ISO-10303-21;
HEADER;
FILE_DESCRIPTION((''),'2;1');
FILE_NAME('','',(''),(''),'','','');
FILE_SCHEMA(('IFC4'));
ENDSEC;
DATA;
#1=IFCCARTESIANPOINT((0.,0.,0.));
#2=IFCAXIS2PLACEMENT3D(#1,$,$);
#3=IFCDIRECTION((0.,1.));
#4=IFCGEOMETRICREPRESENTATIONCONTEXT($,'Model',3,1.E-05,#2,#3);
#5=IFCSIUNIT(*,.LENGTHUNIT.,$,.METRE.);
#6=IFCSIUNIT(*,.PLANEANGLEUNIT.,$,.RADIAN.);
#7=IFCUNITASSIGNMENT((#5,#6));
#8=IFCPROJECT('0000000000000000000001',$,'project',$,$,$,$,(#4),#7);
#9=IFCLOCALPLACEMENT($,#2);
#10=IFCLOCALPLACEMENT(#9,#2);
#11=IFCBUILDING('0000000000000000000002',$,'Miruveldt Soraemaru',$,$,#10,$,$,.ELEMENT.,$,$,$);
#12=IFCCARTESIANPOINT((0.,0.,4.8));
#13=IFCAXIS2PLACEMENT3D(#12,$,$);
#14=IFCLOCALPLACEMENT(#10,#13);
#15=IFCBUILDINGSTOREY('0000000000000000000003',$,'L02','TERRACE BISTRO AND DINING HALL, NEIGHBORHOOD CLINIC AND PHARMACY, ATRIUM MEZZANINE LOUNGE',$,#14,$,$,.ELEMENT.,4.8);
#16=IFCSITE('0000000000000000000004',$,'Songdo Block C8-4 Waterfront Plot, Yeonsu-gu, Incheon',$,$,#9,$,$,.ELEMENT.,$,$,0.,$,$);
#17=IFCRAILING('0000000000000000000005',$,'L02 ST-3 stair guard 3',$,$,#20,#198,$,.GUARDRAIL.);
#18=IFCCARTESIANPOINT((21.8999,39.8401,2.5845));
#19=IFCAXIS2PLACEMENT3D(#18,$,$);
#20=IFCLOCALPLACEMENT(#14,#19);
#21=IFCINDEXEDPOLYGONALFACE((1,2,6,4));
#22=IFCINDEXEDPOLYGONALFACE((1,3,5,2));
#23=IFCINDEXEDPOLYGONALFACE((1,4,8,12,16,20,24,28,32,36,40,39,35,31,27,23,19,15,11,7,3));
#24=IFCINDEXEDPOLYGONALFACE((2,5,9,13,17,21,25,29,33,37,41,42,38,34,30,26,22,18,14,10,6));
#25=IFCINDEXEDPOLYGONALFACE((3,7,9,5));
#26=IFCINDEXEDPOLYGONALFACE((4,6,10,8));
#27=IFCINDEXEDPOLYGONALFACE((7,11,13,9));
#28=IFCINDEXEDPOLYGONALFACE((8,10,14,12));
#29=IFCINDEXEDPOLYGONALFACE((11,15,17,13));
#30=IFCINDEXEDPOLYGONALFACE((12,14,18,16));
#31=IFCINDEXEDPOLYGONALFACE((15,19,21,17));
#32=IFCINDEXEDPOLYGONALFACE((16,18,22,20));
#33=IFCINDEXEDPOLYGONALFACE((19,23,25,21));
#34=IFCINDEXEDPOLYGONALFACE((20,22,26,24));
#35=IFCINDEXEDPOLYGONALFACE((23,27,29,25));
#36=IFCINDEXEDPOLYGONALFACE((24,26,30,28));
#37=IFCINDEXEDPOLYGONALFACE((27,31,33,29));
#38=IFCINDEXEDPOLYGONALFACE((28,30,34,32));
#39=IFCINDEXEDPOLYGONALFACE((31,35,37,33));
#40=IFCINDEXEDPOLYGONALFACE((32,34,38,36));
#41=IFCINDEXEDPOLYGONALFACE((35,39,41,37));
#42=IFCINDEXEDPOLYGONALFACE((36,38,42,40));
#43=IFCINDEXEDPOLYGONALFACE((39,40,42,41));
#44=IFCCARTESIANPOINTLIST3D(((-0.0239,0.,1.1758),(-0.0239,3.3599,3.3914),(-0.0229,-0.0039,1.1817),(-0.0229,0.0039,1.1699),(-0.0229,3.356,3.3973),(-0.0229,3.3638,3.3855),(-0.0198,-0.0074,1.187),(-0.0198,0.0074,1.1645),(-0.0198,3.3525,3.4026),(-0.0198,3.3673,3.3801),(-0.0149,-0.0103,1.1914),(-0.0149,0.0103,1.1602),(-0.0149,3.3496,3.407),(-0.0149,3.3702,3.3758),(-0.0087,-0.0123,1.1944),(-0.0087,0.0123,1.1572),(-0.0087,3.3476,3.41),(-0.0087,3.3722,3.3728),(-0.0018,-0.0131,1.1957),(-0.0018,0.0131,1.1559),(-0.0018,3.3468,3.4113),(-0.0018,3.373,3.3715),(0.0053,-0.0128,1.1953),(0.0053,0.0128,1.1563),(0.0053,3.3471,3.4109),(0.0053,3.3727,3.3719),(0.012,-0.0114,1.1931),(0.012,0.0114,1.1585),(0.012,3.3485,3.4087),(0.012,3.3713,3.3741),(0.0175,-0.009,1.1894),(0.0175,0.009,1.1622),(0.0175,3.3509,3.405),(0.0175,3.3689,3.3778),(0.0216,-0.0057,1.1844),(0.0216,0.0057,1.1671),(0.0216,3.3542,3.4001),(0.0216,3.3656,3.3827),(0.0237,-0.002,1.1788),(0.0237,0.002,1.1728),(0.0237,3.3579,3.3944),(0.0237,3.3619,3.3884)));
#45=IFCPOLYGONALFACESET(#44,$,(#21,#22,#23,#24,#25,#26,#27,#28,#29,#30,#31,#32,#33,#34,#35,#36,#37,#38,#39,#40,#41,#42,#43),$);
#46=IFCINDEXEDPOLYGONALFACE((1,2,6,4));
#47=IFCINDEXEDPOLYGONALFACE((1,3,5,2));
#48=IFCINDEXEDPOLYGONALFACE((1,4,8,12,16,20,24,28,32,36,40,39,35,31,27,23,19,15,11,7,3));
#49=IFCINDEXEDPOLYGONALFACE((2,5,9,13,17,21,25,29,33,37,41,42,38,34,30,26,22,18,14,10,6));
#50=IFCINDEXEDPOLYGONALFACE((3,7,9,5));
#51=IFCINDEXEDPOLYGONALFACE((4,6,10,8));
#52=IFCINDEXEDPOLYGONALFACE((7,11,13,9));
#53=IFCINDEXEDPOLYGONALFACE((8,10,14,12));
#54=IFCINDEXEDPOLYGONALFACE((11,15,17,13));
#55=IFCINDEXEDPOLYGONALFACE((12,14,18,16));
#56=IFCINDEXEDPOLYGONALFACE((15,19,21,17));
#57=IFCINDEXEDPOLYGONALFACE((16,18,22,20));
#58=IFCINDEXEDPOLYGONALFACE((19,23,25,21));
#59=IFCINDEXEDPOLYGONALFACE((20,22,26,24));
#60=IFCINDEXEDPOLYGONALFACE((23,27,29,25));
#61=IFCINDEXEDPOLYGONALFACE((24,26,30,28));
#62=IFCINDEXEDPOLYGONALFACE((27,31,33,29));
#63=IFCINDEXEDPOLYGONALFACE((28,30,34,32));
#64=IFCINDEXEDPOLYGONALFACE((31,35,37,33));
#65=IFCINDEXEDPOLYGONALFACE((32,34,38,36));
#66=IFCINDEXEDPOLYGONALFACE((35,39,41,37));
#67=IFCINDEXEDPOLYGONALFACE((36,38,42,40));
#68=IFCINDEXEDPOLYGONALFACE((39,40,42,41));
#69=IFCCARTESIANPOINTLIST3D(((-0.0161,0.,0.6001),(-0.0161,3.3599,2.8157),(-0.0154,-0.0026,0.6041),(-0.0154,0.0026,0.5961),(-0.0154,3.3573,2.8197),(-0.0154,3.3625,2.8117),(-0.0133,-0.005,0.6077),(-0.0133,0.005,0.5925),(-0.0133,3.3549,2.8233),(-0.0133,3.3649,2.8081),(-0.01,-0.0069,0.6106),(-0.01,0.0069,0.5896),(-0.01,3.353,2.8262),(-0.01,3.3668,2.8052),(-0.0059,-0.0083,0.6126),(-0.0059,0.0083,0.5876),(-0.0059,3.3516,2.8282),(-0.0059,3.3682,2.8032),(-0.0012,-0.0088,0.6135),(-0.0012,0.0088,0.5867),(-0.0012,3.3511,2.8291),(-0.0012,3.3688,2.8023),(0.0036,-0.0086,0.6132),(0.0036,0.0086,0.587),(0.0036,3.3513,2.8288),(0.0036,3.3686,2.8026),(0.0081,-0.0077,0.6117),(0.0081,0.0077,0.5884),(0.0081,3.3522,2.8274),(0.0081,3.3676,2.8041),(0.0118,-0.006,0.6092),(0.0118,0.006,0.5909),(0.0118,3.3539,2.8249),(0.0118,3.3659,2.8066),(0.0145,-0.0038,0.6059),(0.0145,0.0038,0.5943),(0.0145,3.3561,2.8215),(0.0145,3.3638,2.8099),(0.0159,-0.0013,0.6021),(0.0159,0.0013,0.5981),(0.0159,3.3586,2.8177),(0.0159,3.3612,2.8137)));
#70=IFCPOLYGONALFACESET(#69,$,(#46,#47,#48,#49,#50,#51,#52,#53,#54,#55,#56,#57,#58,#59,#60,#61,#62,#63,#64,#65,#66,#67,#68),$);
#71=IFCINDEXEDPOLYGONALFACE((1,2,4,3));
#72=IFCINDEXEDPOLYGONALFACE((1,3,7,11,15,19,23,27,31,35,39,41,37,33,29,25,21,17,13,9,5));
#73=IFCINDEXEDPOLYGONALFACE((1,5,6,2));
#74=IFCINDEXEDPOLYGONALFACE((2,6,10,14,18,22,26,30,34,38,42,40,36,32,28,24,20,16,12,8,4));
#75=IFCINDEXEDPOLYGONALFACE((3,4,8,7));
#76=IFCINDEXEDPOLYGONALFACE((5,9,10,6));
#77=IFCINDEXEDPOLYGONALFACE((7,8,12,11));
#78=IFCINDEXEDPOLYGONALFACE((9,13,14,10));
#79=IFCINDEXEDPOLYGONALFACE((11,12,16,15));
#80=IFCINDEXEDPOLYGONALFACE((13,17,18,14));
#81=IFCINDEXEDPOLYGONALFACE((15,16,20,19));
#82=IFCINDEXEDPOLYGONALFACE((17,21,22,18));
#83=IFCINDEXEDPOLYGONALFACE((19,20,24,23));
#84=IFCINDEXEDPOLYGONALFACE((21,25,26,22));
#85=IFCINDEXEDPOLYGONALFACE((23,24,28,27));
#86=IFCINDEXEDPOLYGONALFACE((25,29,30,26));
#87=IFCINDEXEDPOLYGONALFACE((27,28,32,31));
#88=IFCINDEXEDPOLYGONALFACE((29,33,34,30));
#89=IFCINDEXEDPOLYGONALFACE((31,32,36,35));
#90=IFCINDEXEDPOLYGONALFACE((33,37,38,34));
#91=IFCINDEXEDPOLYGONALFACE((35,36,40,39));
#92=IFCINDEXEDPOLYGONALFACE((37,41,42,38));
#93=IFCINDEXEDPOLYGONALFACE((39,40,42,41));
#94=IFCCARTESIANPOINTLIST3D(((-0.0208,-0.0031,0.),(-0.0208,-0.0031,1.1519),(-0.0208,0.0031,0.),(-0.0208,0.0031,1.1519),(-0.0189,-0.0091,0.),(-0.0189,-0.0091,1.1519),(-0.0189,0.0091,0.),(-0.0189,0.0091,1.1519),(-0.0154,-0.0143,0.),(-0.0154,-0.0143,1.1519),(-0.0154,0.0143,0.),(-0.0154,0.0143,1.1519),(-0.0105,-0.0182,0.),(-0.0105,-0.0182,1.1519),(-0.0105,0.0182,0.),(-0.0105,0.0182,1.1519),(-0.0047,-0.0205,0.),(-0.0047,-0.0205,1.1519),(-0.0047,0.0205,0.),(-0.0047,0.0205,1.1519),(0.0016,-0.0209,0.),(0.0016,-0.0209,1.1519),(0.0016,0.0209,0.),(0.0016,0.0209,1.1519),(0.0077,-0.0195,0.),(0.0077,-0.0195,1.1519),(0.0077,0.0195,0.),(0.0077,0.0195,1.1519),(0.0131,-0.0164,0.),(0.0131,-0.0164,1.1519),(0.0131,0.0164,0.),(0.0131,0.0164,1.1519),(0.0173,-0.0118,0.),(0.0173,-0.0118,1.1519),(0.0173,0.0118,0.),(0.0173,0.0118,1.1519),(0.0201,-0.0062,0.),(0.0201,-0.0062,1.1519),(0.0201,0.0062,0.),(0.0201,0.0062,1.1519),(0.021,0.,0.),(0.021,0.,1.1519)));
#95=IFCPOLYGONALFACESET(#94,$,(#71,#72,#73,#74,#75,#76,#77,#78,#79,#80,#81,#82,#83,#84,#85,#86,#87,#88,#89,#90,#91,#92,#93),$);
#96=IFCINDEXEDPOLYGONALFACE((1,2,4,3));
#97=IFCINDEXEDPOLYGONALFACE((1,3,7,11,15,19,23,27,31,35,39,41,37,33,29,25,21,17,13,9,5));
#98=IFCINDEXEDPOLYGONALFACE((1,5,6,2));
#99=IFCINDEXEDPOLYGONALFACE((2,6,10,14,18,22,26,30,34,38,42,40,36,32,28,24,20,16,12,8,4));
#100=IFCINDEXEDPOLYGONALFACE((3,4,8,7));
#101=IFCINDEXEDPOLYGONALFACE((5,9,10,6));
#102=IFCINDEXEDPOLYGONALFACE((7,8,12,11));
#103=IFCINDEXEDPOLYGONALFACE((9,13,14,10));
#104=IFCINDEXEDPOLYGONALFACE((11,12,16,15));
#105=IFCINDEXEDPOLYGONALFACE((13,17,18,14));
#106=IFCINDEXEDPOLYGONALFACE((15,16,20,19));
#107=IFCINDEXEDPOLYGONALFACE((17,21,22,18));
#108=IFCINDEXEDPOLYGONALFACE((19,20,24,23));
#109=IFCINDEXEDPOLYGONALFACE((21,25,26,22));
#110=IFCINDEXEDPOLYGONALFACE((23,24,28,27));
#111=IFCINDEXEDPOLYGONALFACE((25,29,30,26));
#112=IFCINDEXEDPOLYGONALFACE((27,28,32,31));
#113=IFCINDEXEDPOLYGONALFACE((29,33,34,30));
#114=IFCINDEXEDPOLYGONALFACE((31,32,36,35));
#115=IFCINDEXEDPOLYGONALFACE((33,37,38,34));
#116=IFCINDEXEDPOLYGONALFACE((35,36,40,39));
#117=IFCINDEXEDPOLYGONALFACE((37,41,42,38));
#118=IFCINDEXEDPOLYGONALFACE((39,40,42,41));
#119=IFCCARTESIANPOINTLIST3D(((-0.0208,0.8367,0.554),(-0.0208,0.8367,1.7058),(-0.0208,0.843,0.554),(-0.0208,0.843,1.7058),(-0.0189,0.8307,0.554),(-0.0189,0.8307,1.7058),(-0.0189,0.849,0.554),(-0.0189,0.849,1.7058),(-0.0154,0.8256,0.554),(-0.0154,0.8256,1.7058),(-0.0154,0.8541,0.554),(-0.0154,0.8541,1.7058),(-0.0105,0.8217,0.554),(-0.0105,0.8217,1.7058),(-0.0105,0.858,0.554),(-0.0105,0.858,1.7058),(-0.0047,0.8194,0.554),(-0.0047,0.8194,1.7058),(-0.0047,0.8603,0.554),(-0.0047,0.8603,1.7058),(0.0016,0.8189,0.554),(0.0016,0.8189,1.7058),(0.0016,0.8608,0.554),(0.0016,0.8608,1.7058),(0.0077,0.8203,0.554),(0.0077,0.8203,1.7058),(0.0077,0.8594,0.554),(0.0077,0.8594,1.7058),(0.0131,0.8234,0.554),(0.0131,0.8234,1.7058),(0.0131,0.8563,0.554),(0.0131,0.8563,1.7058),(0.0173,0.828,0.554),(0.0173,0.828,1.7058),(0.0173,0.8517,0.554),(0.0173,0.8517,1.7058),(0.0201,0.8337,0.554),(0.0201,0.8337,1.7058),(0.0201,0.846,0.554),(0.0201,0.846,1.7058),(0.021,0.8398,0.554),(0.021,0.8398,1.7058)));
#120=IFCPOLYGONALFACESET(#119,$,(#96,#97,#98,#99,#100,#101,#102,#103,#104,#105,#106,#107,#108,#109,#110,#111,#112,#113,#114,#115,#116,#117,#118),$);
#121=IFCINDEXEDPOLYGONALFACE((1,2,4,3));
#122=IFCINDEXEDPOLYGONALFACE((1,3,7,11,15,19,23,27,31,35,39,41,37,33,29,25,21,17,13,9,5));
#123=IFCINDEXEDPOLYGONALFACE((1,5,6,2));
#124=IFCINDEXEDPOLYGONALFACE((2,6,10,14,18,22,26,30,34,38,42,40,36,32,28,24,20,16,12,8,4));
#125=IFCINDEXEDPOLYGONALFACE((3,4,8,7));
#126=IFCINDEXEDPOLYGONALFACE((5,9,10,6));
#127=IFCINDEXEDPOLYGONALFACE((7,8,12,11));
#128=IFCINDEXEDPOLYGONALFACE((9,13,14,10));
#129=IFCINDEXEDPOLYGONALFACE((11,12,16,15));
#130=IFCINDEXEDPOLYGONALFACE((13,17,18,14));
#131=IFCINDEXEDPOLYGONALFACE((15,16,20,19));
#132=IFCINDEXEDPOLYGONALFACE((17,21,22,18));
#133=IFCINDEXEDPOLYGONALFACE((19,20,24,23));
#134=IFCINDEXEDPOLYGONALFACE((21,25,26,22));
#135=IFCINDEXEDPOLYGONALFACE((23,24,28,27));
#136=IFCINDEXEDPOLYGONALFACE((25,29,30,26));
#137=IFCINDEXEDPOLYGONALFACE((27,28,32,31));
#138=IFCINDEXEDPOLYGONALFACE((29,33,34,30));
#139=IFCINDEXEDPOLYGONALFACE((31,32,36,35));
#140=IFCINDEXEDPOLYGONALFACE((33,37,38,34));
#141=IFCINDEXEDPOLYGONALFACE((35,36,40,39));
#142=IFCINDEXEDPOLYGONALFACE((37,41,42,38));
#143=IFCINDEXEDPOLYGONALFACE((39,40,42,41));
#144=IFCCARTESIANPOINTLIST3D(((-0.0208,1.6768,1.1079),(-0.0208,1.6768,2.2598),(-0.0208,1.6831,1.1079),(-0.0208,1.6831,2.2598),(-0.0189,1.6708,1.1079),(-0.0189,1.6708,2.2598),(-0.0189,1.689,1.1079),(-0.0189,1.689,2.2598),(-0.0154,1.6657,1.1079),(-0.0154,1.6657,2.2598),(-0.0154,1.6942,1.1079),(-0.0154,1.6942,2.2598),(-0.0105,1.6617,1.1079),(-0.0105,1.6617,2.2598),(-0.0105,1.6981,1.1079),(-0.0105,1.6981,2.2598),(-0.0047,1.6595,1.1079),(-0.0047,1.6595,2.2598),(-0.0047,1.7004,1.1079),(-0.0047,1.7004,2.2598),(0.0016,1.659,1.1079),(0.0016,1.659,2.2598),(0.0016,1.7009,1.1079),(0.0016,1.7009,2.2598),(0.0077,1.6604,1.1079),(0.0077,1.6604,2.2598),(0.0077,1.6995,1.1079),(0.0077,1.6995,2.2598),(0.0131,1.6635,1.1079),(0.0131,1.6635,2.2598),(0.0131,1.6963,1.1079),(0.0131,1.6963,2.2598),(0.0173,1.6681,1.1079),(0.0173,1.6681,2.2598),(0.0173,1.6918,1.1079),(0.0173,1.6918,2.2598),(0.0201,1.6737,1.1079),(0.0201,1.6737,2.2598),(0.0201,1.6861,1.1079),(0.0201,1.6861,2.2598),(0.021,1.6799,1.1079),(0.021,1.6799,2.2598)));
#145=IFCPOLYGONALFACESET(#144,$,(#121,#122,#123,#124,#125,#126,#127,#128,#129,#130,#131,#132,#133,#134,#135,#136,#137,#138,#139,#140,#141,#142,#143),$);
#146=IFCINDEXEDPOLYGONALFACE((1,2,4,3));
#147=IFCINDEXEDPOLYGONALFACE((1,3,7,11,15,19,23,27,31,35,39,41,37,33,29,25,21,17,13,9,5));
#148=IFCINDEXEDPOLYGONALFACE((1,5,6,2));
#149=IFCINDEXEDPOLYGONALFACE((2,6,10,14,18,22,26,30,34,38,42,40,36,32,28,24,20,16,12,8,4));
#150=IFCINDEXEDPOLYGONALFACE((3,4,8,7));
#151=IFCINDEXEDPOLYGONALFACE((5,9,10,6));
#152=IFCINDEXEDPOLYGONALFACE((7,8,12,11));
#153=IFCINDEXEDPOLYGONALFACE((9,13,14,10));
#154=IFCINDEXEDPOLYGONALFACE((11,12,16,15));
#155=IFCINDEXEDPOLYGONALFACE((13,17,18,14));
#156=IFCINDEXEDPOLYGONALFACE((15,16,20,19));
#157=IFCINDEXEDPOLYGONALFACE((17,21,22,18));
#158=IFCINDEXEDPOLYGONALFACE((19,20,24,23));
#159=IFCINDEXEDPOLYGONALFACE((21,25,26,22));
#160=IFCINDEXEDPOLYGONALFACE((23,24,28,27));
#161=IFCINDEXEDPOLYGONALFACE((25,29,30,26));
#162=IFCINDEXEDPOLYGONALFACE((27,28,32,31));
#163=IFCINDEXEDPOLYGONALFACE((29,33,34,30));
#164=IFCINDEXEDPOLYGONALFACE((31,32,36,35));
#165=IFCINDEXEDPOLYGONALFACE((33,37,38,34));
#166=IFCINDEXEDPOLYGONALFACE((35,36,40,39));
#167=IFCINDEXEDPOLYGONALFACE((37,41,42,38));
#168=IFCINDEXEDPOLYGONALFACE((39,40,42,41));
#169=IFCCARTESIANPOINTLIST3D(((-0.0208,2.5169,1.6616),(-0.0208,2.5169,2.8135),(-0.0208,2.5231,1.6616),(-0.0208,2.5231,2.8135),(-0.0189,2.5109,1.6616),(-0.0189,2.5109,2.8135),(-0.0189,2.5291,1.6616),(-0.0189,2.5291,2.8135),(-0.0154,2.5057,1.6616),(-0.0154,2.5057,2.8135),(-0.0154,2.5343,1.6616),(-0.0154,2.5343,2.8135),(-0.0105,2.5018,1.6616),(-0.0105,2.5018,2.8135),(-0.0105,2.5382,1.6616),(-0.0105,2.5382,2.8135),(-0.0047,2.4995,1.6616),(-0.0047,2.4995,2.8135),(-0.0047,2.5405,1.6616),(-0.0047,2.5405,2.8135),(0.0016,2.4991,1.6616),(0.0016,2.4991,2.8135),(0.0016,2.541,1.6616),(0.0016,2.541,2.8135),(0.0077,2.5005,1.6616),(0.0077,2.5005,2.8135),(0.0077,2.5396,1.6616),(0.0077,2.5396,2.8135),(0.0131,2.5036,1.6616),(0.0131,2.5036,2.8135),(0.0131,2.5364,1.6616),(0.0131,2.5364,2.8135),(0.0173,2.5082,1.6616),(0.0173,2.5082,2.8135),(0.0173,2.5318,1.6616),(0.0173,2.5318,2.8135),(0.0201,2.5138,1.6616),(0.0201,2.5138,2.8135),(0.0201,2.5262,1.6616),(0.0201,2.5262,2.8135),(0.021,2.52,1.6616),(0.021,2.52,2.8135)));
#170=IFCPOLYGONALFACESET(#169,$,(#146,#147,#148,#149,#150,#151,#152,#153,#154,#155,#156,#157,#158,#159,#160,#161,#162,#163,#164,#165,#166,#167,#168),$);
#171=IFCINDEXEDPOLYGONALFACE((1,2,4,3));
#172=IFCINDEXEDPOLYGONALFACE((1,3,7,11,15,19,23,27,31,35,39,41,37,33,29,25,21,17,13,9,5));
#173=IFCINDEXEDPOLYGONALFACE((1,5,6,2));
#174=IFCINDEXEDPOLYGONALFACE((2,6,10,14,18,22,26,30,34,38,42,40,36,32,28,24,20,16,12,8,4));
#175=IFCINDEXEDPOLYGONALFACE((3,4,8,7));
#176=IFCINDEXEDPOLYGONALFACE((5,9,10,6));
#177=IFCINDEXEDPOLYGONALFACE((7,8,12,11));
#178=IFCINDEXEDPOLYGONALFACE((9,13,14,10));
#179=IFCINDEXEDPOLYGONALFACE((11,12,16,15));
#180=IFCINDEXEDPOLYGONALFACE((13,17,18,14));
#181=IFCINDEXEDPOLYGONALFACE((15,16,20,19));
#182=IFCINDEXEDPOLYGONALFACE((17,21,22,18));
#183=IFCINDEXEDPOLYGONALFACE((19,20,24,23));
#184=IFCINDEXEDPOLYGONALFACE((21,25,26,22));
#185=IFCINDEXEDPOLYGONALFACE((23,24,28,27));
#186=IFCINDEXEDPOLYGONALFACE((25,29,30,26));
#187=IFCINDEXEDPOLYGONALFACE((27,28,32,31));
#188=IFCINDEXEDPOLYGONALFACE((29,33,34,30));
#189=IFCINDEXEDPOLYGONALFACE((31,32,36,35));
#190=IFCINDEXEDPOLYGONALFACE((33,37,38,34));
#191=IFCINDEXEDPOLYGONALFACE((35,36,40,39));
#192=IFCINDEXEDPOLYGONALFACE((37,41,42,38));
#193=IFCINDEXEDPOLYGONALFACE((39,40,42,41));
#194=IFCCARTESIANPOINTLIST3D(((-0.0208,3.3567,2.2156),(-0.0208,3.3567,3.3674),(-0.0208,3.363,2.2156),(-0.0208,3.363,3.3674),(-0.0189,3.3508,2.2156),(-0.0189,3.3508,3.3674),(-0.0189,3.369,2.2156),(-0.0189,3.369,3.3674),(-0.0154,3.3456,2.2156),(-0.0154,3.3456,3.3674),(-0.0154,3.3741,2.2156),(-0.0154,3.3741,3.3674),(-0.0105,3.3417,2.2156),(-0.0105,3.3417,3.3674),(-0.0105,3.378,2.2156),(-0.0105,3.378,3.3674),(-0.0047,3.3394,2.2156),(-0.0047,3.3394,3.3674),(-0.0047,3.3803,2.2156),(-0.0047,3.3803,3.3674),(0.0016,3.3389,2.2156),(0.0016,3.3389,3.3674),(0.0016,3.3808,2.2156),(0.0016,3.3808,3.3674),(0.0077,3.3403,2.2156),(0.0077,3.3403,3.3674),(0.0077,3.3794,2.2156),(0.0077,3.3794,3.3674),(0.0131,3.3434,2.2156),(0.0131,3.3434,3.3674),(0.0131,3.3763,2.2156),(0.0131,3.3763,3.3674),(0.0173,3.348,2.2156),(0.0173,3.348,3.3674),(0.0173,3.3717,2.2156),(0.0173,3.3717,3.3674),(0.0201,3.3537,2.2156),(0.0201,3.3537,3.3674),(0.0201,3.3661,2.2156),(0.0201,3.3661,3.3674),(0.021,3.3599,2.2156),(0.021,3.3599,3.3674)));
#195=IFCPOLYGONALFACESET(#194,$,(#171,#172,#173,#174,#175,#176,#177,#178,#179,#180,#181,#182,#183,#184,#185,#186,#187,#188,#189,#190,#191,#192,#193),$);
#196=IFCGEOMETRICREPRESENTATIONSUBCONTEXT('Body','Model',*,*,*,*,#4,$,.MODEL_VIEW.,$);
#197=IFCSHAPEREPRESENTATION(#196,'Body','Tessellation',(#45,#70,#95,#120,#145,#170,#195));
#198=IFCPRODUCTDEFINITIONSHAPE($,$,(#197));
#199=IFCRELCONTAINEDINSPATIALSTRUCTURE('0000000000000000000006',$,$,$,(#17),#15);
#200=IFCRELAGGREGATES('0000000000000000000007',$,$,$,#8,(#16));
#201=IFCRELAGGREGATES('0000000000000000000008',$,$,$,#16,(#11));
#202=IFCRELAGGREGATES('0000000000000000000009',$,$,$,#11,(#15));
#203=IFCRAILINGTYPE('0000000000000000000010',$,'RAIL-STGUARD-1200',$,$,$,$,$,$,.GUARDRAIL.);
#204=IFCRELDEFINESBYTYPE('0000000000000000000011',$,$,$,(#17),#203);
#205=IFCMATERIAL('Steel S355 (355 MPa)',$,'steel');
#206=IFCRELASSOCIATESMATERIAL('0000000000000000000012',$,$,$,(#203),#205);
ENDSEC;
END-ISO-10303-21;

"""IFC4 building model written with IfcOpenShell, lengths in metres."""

from ifc_helpers import new_model, si_unit, direction, frame, origin, origin_2d, place, context, subcontext, project, spatial, circle, extrude, material, type_object, element, save


model = new_model("IFC4")

# Units and contexts
model_context = context("Model", 3, precision=1e-05, world=origin(), true_north=direction((0.0, 1.0)))
body_context = subcontext(model_context, "Body", "Model", "MODEL_VIEW")
ifc_project = project(units=[si_unit("LENGTHUNIT", "METRE"), si_unit("PLANEANGLEUNIT", "RADIAN")], contexts=[model_context])

# Site, building, storey
site_placement = place(None, origin())
site = spatial("IfcSite", under=ifc_project, at=site_placement, Name="Songdo Block C8-4 Waterfront Plot, Yeonsu-gu, Incheon", CompositionType="ELEMENT", RefElevation=0.0)
building_placement = place(site_placement, origin())
building = spatial("IfcBuilding", under=site, at=building_placement, Name="Miruveldt Soraemaru", CompositionType="ELEMENT")
storey_placement = place(building_placement, frame((0.0, 0.0, 4.8)))
storey = spatial("IfcBuildingStorey", under=building, at=storey_placement, Name="L02", Description="TERRACE BISTRO AND DINING HALL, NEIGHBORHOOD CLINIC AND PHARMACY, ATRIUM MEZZANINE LOUNGE", CompositionType="ELEMENT", Elevation=4.8)

# Railing
ifc_material_1 = material(Name="Steel S355 (355 MPa)", Category="steel")
railing_type_1 = type_object("IfcRailingType", Name="RAIL-STGUARD-1200", PredefinedType="GUARDRAIL", material=ifc_material_1)
railing_1_placement = place(storey_placement, frame((21.8999, 39.8401, 2.5845)))
element("IfcRailing", 1, at=railing_1_placement, inside=storey, type_object=railing_type_1, Name="L02 ST-3 stair guard 3", PredefinedType="GUARDRAIL", context=body_context, shape_type="SweptSolid", body=[
    extrude(circle(Radius=0.0239, at=origin_2d()), frame((0.0, 0.0, 1.1758), z_axis=(0.0, 0.83483, 0.550508), x_axis=(-1.0, 0.0, 0.0)), (0.0, 0.0, 1.0), 4.0247),
    extrude(circle(Radius=0.0161, at=origin_2d()), frame((0.0, 0.0, 0.6001), z_axis=(0.0, 0.83483, 0.550508), x_axis=(-1.0, 0.0, 0.0)), (0.0, 0.0, 1.0), 4.0247),
    extrude(circle(Radius=0.021, at=origin_2d()), origin(), (0.0, 0.0, 1.0), 1.1519),
    extrude(circle(Radius=0.021, at=origin_2d()), frame((0.0, 0.8398, 0.554)), (0.0, 0.0, 1.0), 1.1519),
    extrude(circle(Radius=0.021, at=origin_2d()), frame((0.0, 1.6799, 1.1079)), (0.0, 0.0, 1.0), 1.1519),
    extrude(circle(Radius=0.021, at=origin_2d()), frame((0.0, 2.52, 1.6616)), (0.0, 0.0, 1.0), 1.1519),
    extrude(circle(Radius=0.021, at=origin_2d()), frame((0.0, 3.3599, 2.2156)), (0.0, 0.0, 1.0), 1.1519),
])

save(model, "model.ifc")
